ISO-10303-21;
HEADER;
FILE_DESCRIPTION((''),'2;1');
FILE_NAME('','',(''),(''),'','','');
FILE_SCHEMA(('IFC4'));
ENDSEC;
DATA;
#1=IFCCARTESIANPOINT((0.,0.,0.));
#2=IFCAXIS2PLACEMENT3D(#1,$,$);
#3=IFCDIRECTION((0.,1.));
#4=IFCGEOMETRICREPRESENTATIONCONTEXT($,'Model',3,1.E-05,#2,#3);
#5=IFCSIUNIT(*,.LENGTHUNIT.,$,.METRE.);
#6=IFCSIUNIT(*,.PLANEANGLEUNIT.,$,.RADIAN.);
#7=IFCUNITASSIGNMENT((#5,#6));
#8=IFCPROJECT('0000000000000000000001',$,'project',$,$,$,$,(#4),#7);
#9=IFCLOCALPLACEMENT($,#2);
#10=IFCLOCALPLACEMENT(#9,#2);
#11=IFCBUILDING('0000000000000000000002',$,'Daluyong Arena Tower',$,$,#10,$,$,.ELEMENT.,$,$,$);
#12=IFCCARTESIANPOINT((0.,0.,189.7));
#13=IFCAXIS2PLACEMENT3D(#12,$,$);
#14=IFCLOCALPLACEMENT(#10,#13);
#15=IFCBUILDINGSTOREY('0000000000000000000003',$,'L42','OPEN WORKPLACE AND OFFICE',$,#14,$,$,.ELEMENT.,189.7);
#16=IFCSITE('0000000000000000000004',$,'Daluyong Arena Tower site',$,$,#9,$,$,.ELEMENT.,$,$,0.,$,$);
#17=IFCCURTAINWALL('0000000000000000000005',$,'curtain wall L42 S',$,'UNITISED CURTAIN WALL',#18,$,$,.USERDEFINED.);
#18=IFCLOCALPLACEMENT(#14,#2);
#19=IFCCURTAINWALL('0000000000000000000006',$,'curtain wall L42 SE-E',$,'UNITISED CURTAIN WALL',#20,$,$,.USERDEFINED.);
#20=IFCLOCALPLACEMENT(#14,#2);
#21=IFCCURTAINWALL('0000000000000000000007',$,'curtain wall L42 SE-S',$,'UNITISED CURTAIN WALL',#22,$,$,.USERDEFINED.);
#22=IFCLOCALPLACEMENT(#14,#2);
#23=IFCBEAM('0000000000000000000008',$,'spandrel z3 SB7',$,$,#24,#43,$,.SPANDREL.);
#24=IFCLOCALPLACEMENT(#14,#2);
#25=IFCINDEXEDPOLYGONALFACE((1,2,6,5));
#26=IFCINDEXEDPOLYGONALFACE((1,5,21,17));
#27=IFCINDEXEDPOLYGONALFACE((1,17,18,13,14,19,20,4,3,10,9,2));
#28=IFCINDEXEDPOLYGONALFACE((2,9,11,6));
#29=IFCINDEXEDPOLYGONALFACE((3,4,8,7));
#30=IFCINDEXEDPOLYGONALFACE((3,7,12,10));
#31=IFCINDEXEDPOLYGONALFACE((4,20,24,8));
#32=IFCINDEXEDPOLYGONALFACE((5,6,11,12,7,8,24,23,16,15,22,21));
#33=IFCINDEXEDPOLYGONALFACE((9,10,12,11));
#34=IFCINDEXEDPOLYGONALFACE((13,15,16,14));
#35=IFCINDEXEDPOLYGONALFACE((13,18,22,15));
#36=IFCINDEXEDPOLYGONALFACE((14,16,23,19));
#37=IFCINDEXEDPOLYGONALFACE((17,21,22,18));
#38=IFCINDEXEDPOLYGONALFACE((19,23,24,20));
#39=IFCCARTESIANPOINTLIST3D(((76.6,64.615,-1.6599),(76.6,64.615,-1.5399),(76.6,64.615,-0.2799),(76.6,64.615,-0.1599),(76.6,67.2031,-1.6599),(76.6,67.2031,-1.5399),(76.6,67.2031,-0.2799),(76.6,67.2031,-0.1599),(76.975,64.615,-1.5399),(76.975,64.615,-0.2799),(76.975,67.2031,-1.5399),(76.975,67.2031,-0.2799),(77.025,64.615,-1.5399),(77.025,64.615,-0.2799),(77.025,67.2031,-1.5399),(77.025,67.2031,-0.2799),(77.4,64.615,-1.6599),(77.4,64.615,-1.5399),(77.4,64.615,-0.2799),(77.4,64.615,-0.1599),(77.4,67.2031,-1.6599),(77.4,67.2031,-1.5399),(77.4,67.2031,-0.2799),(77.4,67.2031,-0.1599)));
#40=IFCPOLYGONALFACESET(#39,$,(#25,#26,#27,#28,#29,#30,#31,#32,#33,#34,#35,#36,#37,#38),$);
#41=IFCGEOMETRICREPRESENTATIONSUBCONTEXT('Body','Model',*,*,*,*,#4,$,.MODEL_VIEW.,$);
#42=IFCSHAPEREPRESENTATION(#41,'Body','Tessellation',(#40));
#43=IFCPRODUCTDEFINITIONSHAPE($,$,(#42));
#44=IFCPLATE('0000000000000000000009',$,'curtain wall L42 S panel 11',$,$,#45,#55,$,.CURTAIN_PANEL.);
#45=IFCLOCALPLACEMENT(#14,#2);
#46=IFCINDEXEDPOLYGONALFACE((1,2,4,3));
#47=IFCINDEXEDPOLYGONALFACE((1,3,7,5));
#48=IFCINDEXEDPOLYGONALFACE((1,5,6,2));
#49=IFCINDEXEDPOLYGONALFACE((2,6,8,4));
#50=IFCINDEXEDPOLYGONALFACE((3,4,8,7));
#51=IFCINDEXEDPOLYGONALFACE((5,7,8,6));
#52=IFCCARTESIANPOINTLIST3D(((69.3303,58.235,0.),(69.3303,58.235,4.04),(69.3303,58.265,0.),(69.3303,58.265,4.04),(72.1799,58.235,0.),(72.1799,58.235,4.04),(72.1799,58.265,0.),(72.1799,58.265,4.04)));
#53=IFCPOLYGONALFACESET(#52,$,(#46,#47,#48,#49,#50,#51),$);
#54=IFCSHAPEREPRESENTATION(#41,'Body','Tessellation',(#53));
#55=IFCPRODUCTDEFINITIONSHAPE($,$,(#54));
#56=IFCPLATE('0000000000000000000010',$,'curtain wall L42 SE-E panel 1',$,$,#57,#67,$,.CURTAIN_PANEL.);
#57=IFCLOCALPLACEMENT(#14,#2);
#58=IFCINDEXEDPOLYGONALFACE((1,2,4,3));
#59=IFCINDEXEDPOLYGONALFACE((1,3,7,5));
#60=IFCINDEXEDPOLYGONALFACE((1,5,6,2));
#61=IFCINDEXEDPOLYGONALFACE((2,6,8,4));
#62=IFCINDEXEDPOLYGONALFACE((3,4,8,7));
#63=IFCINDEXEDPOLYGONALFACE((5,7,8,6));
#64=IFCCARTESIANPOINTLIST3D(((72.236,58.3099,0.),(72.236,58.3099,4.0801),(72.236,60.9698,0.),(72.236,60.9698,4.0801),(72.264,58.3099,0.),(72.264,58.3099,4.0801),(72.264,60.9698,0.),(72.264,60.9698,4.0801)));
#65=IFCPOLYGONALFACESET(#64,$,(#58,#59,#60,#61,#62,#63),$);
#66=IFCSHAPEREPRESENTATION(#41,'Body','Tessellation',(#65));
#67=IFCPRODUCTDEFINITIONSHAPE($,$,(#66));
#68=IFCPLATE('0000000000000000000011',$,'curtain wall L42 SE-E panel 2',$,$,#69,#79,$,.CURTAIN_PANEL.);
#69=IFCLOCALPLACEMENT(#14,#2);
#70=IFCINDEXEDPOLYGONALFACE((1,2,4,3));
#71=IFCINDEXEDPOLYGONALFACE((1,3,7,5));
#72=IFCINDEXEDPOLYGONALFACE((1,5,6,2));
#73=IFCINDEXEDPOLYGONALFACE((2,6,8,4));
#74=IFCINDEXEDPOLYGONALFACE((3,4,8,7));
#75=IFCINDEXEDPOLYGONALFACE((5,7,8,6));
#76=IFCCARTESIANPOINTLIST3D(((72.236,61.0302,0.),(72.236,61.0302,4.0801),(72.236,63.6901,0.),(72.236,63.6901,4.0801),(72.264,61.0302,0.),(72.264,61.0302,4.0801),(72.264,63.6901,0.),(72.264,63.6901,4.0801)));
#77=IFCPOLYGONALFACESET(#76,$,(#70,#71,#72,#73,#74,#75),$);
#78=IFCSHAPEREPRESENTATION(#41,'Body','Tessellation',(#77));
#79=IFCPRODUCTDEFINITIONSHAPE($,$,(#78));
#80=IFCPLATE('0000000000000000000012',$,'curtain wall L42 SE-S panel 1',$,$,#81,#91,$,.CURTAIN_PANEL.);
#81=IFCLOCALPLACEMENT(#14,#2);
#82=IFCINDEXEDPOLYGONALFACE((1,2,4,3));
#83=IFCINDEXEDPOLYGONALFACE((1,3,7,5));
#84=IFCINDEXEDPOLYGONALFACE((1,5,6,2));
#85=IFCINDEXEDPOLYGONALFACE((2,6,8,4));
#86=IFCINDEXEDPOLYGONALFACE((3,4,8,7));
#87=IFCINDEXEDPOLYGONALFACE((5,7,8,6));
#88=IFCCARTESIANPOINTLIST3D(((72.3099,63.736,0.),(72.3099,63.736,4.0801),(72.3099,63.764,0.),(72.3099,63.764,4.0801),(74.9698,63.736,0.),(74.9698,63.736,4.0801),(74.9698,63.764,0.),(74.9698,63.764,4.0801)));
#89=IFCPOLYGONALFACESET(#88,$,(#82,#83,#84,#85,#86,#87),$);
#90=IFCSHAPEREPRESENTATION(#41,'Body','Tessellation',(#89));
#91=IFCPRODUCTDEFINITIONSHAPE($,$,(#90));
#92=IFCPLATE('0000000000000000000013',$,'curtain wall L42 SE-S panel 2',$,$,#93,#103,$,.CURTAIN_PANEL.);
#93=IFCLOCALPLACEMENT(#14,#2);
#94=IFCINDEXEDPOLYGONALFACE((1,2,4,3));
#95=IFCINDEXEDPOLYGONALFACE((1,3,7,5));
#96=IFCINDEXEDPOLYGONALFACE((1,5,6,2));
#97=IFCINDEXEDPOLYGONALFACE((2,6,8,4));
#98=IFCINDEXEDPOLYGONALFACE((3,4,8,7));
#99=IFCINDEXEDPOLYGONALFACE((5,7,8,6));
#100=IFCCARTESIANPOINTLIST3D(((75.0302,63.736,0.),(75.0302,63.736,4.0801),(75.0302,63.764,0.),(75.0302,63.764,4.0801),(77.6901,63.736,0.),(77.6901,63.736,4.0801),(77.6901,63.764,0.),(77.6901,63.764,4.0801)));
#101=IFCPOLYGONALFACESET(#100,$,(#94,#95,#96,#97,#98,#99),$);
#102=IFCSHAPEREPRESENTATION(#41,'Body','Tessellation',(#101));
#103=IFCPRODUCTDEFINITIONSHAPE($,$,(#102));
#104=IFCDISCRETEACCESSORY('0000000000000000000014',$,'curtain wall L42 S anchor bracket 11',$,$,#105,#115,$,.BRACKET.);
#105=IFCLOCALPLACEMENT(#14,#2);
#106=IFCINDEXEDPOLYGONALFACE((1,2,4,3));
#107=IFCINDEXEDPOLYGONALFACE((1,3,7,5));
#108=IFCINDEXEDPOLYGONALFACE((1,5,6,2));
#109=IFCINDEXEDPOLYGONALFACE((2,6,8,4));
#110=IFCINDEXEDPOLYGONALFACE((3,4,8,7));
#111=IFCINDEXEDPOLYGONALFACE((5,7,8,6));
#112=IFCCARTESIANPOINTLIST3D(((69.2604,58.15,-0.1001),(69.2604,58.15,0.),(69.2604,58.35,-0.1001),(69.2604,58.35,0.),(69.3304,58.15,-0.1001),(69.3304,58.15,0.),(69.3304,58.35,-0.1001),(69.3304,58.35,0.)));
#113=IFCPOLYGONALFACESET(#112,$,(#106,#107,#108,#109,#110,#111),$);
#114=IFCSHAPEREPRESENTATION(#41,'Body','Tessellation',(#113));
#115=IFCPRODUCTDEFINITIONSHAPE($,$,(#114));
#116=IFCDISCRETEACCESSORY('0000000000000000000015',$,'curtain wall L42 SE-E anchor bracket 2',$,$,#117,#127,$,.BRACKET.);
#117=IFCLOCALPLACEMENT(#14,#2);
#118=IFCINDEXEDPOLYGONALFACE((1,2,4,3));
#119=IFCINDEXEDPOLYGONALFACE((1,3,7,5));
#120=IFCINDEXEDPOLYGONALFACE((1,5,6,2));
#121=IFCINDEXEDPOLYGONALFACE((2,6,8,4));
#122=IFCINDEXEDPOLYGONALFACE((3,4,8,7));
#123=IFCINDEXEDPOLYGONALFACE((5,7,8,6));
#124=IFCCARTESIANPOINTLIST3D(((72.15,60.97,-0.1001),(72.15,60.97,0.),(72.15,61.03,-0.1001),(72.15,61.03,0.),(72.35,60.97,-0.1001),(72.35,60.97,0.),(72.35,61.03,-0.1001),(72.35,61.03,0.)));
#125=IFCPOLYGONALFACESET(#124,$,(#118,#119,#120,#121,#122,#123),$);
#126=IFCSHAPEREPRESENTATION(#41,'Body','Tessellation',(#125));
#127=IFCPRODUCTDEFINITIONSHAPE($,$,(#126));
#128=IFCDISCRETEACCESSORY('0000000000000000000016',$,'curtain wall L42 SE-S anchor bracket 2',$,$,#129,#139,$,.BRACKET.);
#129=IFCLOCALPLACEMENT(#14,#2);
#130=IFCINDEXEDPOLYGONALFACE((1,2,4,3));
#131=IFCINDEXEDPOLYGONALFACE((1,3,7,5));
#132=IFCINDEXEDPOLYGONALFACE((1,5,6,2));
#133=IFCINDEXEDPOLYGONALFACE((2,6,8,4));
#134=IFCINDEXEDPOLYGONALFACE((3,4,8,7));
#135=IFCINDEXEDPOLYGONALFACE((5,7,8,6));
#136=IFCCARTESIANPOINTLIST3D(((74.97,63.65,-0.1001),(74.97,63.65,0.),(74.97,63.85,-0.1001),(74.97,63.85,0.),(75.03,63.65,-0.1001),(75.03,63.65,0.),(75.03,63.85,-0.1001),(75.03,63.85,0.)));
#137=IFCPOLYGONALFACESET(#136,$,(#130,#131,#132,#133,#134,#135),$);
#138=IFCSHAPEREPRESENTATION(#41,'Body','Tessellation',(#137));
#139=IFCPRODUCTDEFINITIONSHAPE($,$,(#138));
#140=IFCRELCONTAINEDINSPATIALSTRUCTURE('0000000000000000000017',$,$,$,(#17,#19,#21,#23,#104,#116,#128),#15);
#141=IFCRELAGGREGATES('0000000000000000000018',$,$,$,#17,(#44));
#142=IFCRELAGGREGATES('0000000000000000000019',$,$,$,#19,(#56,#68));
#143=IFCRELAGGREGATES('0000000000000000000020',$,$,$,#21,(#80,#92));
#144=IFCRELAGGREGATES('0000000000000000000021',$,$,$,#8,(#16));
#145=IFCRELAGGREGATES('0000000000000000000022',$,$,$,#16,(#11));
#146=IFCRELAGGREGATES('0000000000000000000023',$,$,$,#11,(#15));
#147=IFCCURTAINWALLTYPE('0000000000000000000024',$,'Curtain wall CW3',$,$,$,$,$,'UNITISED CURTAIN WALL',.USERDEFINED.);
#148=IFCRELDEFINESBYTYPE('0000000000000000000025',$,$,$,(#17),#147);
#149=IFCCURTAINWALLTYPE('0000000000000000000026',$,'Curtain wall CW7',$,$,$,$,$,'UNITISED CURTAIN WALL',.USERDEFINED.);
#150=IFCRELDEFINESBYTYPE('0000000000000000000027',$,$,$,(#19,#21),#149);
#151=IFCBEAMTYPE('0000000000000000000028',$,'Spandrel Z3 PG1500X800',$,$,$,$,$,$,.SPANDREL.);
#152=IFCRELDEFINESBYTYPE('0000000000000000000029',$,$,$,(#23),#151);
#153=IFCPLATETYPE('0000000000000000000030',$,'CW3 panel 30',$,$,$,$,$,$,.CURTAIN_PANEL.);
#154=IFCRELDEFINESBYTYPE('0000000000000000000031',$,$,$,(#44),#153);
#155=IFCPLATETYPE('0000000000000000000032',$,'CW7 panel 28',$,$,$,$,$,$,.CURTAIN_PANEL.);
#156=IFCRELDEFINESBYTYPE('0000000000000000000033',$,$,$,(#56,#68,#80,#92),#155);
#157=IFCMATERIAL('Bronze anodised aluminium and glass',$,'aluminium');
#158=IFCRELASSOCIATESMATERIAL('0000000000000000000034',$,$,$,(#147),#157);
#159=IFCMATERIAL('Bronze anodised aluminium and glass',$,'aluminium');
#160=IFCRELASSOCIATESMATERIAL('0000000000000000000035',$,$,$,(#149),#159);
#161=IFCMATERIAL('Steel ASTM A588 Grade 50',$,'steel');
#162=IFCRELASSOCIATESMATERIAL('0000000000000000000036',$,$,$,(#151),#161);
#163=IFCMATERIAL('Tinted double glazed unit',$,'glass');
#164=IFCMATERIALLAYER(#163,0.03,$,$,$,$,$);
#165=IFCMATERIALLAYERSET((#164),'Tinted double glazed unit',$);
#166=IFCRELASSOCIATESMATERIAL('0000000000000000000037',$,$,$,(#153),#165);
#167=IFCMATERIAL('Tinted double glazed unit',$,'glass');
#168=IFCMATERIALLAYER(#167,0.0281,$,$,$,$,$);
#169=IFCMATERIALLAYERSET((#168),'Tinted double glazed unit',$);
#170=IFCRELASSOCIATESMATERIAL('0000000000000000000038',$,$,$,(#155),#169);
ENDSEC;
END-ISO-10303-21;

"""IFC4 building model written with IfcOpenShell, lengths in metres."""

from ifc_helpers import new_model, si_unit, direction, frame, origin, origin_2d, place, context, subcontext, project, spatial, rectangle, i_section, extrude, material, layer, layer_set, material_profile, profile_set, type_object, element, aggregate, save


model = new_model("IFC4")

# Units and contexts
model_context = context("Model", 3, precision=1e-05, world=origin(), true_north=direction((0.0, 1.0)))
body_context = subcontext(model_context, "Body", "Model", "MODEL_VIEW")
ifc_project = project(units=[si_unit("LENGTHUNIT", "METRE"), si_unit("PLANEANGLEUNIT", "RADIAN")], contexts=[model_context])

# Site, building, storey
site_placement = place(None, origin())
site = spatial("IfcSite", under=ifc_project, at=site_placement, Name="Daluyong Arena Tower site", CompositionType="ELEMENT", RefElevation=0.0)
building_placement = place(site_placement, origin())
building = spatial("IfcBuilding", under=site, at=building_placement, Name="Daluyong Arena Tower", CompositionType="ELEMENT")
storey_placement = place(building_placement, frame((0.0, 0.0, 189.7)))
storey = spatial("IfcBuildingStorey", under=building, at=storey_placement, Name="L42", Description="OPEN WORKPLACE AND OFFICE", CompositionType="ELEMENT", Elevation=189.7)

# Curtain wall
ifc_material_1 = material(Name="Bronze anodised aluminium and glass", Category="aluminium")
curtain_wall_type_1 = type_object("IfcCurtainWallType", Name="Curtain wall CW3", ElementType="UNITISED CURTAIN WALL", PredefinedType="USERDEFINED", material=ifc_material_1)
curtain_wall_1_placement = place(storey_placement, origin())
curtain_wall_1 = element("IfcCurtainWall", 1, at=curtain_wall_1_placement, inside=storey, type_object=curtain_wall_type_1, Name="curtain wall L42 S", ObjectType="UNITISED CURTAIN WALL", PredefinedType="USERDEFINED")

# Curtain walls
ifc_material_2 = material(Name="Bronze anodised aluminium and glass", Category="aluminium")
curtain_wall_type_2 = type_object("IfcCurtainWallType", Name="Curtain wall CW7", ElementType="UNITISED CURTAIN WALL", PredefinedType="USERDEFINED", material=ifc_material_2)
curtain_wall_2_placement = place(storey_placement, origin())
curtain_wall_2 = element("IfcCurtainWall", 2, at=curtain_wall_2_placement, inside=storey, type_object=curtain_wall_type_2, Name="curtain wall L42 SE-E", ObjectType="UNITISED CURTAIN WALL", PredefinedType="USERDEFINED")
curtain_wall_3_placement = place(storey_placement, origin())
curtain_wall_3 = element("IfcCurtainWall", 3, at=curtain_wall_3_placement, inside=storey, type_object=curtain_wall_type_2, Name="curtain wall L42 SE-S", ObjectType="UNITISED CURTAIN WALL", PredefinedType="USERDEFINED")

# Beam
ifc_material_3 = material(Name="Steel ASTM A588 Grade 50", Category="steel")
ifc_material_profile_1 = material_profile(ifc_material_3, i_section(OverallWidth=0.8, OverallDepth=1.5, WebThickness=0.05, FlangeThickness=0.12, at=origin_2d()))
ifc_profile_set_1 = profile_set([ifc_material_profile_1], Name="Steel ASTM A588 Grade 50")
beam_type_1 = type_object("IfcBeamType", Name="Spandrel Z3 PG1500X800", PredefinedType="SPANDREL", material=ifc_profile_set_1)
beam_1_placement = place(storey_placement, frame((77.0, 64.615, -0.9099), z_axis=(0.0, 1.0, 0.0), x_axis=(-1.0, 0.0, 0.0)))
element("IfcBeam", 4, at=beam_1_placement, inside=storey, type_object=beam_type_1, Name="spandrel z3 SB7", PredefinedType="SPANDREL", context=body_context, shape_type="SweptSolid", body=[
    extrude(i_section(OverallWidth=0.8, OverallDepth=1.5, WebThickness=0.05, FlangeThickness=0.12, at=origin_2d()), origin(), (0.0, 0.0, 1.0), 2.5881),
])

# Plates
ifc_material_4 = material(Name="Tinted double glazed unit", Category="glass")
ifc_layer_1 = layer(ifc_material_4, 0.03)
ifc_layer_set_1 = layer_set([ifc_layer_1], Name="Tinted double glazed unit")
plate_type_1 = type_object("IfcPlateType", Name="CW3 panel 30", PredefinedType="CURTAIN_PANEL", material=ifc_layer_set_1)
plate_1_placement = place(storey_placement, frame((70.7551, 58.25, 0.0), z_axis=(0.0, 0.0, 1.0), x_axis=(1.0, 0.0, 0.0)))
plate_1 = element("IfcPlate", 5, at=plate_1_placement, type_object=plate_type_1, Name="curtain wall L42 S panel 11", PredefinedType="CURTAIN_PANEL", context=body_context, shape_type="SweptSolid", body=[
    extrude(rectangle(XDim=2.8496, YDim=0.03, at=origin_2d()), origin(), (0.0, 0.0, 1.0), 4.04),
])
aggregate(curtain_wall_1, [plate_1])
ifc_material_5 = material(Name="Tinted double glazed unit", Category="glass")
ifc_layer_2 = layer(ifc_material_5, 0.0281)
ifc_layer_set_2 = layer_set([ifc_layer_2], Name="Tinted double glazed unit")
plate_type_2 = type_object("IfcPlateType", Name="CW7 panel 28", PredefinedType="CURTAIN_PANEL", material=ifc_layer_set_2)
plate_2_placement = place(storey_placement, frame((72.25, 59.6399, 0.0), z_axis=(0.0, 0.0, 1.0), x_axis=(0.0, 1.0, 0.0)))
plate_2 = element("IfcPlate", 6, at=plate_2_placement, type_object=plate_type_2, Name="curtain wall L42 SE-E panel 1", PredefinedType="CURTAIN_PANEL", context=body_context, shape_type="SweptSolid", body=[
    extrude(rectangle(XDim=2.6599, YDim=0.0281, at=origin_2d()), origin(), (0.0, 0.0, 1.0), 4.0801),
])
plate_3_placement = place(storey_placement, frame((72.25, 62.3601, 0.0), z_axis=(0.0, 0.0, 1.0), x_axis=(0.0, 1.0, 0.0)))
plate_3 = element("IfcPlate", 7, at=plate_3_placement, type_object=plate_type_2, Name="curtain wall L42 SE-E panel 2", PredefinedType="CURTAIN_PANEL", context=body_context, shape_type="SweptSolid", body=[
    extrude(rectangle(XDim=2.6599, YDim=0.0281, at=origin_2d()), origin(), (0.0, 0.0, 1.0), 4.0801),
])
aggregate(curtain_wall_2, [plate_2, plate_3])
plate_4_placement = place(storey_placement, frame((73.6399, 63.75, 0.0), z_axis=(0.0, 0.0, 1.0), x_axis=(1.0, 0.0, 0.0)))
plate_4 = element("IfcPlate", 8, at=plate_4_placement, type_object=plate_type_2, Name="curtain wall L42 SE-S panel 1", PredefinedType="CURTAIN_PANEL", context=body_context, shape_type="SweptSolid", body=[
    extrude(rectangle(XDim=2.6599, YDim=0.0281, at=origin_2d()), origin(), (0.0, 0.0, 1.0), 4.0801),
])
plate_5_placement = place(storey_placement, frame((76.3601, 63.75, 0.0), z_axis=(0.0, 0.0, 1.0), x_axis=(1.0, 0.0, 0.0)))
plate_5 = element("IfcPlate", 9, at=plate_5_placement, type_object=plate_type_2, Name="curtain wall L42 SE-S panel 2", PredefinedType="CURTAIN_PANEL", context=body_context, shape_type="SweptSolid", body=[
    extrude(rectangle(XDim=2.6599, YDim=0.0281, at=origin_2d()), origin(), (0.0, 0.0, 1.0), 4.0801),
])
aggregate(curtain_wall_3, [plate_4, plate_5])

# Discrete accessories
discrete_accessory_placement = place(storey_placement, frame((69.2954, 58.25, -0.1001), z_axis=(0.0, 0.0, 1.0), x_axis=(1.0, 0.0, 0.0)))
element("IfcDiscreteAccessory", 10, at=discrete_accessory_placement, inside=storey, Name="curtain wall L42 S anchor bracket 11", PredefinedType="BRACKET", context=body_context, shape_type="SweptSolid", body=[
    extrude(rectangle(XDim=0.0701, YDim=0.2, at=origin_2d()), origin(), (0.0, 0.0, 1.0), 0.1001),
])
for number, where, z_axis, x_axis, name in (
    (11, (72.25, 61.0, -0.1001), (0.0, 0.0, 1.0), (0.0, 1.0, 0.0), "curtain wall L42 SE-E anchor bracket 2"),
    (12, (75.0, 63.75, -0.1001), (0.0, 0.0, 1.0), (1.0, 0.0, 0.0), "curtain wall L42 SE-S anchor bracket 2"),
):
    element("IfcDiscreteAccessory", number, at=place(storey_placement, frame(where, z_axis=z_axis, x_axis=x_axis)), inside=storey, Name=name, PredefinedType="BRACKET", context=body_context, shape_type="SweptSolid", body=[
        extrude(rectangle(XDim=0.0601, YDim=0.2, at=origin_2d()), origin(), (0.0, 0.0, 1.0), 0.1001),
    ])

save(model, "model.ifc")
